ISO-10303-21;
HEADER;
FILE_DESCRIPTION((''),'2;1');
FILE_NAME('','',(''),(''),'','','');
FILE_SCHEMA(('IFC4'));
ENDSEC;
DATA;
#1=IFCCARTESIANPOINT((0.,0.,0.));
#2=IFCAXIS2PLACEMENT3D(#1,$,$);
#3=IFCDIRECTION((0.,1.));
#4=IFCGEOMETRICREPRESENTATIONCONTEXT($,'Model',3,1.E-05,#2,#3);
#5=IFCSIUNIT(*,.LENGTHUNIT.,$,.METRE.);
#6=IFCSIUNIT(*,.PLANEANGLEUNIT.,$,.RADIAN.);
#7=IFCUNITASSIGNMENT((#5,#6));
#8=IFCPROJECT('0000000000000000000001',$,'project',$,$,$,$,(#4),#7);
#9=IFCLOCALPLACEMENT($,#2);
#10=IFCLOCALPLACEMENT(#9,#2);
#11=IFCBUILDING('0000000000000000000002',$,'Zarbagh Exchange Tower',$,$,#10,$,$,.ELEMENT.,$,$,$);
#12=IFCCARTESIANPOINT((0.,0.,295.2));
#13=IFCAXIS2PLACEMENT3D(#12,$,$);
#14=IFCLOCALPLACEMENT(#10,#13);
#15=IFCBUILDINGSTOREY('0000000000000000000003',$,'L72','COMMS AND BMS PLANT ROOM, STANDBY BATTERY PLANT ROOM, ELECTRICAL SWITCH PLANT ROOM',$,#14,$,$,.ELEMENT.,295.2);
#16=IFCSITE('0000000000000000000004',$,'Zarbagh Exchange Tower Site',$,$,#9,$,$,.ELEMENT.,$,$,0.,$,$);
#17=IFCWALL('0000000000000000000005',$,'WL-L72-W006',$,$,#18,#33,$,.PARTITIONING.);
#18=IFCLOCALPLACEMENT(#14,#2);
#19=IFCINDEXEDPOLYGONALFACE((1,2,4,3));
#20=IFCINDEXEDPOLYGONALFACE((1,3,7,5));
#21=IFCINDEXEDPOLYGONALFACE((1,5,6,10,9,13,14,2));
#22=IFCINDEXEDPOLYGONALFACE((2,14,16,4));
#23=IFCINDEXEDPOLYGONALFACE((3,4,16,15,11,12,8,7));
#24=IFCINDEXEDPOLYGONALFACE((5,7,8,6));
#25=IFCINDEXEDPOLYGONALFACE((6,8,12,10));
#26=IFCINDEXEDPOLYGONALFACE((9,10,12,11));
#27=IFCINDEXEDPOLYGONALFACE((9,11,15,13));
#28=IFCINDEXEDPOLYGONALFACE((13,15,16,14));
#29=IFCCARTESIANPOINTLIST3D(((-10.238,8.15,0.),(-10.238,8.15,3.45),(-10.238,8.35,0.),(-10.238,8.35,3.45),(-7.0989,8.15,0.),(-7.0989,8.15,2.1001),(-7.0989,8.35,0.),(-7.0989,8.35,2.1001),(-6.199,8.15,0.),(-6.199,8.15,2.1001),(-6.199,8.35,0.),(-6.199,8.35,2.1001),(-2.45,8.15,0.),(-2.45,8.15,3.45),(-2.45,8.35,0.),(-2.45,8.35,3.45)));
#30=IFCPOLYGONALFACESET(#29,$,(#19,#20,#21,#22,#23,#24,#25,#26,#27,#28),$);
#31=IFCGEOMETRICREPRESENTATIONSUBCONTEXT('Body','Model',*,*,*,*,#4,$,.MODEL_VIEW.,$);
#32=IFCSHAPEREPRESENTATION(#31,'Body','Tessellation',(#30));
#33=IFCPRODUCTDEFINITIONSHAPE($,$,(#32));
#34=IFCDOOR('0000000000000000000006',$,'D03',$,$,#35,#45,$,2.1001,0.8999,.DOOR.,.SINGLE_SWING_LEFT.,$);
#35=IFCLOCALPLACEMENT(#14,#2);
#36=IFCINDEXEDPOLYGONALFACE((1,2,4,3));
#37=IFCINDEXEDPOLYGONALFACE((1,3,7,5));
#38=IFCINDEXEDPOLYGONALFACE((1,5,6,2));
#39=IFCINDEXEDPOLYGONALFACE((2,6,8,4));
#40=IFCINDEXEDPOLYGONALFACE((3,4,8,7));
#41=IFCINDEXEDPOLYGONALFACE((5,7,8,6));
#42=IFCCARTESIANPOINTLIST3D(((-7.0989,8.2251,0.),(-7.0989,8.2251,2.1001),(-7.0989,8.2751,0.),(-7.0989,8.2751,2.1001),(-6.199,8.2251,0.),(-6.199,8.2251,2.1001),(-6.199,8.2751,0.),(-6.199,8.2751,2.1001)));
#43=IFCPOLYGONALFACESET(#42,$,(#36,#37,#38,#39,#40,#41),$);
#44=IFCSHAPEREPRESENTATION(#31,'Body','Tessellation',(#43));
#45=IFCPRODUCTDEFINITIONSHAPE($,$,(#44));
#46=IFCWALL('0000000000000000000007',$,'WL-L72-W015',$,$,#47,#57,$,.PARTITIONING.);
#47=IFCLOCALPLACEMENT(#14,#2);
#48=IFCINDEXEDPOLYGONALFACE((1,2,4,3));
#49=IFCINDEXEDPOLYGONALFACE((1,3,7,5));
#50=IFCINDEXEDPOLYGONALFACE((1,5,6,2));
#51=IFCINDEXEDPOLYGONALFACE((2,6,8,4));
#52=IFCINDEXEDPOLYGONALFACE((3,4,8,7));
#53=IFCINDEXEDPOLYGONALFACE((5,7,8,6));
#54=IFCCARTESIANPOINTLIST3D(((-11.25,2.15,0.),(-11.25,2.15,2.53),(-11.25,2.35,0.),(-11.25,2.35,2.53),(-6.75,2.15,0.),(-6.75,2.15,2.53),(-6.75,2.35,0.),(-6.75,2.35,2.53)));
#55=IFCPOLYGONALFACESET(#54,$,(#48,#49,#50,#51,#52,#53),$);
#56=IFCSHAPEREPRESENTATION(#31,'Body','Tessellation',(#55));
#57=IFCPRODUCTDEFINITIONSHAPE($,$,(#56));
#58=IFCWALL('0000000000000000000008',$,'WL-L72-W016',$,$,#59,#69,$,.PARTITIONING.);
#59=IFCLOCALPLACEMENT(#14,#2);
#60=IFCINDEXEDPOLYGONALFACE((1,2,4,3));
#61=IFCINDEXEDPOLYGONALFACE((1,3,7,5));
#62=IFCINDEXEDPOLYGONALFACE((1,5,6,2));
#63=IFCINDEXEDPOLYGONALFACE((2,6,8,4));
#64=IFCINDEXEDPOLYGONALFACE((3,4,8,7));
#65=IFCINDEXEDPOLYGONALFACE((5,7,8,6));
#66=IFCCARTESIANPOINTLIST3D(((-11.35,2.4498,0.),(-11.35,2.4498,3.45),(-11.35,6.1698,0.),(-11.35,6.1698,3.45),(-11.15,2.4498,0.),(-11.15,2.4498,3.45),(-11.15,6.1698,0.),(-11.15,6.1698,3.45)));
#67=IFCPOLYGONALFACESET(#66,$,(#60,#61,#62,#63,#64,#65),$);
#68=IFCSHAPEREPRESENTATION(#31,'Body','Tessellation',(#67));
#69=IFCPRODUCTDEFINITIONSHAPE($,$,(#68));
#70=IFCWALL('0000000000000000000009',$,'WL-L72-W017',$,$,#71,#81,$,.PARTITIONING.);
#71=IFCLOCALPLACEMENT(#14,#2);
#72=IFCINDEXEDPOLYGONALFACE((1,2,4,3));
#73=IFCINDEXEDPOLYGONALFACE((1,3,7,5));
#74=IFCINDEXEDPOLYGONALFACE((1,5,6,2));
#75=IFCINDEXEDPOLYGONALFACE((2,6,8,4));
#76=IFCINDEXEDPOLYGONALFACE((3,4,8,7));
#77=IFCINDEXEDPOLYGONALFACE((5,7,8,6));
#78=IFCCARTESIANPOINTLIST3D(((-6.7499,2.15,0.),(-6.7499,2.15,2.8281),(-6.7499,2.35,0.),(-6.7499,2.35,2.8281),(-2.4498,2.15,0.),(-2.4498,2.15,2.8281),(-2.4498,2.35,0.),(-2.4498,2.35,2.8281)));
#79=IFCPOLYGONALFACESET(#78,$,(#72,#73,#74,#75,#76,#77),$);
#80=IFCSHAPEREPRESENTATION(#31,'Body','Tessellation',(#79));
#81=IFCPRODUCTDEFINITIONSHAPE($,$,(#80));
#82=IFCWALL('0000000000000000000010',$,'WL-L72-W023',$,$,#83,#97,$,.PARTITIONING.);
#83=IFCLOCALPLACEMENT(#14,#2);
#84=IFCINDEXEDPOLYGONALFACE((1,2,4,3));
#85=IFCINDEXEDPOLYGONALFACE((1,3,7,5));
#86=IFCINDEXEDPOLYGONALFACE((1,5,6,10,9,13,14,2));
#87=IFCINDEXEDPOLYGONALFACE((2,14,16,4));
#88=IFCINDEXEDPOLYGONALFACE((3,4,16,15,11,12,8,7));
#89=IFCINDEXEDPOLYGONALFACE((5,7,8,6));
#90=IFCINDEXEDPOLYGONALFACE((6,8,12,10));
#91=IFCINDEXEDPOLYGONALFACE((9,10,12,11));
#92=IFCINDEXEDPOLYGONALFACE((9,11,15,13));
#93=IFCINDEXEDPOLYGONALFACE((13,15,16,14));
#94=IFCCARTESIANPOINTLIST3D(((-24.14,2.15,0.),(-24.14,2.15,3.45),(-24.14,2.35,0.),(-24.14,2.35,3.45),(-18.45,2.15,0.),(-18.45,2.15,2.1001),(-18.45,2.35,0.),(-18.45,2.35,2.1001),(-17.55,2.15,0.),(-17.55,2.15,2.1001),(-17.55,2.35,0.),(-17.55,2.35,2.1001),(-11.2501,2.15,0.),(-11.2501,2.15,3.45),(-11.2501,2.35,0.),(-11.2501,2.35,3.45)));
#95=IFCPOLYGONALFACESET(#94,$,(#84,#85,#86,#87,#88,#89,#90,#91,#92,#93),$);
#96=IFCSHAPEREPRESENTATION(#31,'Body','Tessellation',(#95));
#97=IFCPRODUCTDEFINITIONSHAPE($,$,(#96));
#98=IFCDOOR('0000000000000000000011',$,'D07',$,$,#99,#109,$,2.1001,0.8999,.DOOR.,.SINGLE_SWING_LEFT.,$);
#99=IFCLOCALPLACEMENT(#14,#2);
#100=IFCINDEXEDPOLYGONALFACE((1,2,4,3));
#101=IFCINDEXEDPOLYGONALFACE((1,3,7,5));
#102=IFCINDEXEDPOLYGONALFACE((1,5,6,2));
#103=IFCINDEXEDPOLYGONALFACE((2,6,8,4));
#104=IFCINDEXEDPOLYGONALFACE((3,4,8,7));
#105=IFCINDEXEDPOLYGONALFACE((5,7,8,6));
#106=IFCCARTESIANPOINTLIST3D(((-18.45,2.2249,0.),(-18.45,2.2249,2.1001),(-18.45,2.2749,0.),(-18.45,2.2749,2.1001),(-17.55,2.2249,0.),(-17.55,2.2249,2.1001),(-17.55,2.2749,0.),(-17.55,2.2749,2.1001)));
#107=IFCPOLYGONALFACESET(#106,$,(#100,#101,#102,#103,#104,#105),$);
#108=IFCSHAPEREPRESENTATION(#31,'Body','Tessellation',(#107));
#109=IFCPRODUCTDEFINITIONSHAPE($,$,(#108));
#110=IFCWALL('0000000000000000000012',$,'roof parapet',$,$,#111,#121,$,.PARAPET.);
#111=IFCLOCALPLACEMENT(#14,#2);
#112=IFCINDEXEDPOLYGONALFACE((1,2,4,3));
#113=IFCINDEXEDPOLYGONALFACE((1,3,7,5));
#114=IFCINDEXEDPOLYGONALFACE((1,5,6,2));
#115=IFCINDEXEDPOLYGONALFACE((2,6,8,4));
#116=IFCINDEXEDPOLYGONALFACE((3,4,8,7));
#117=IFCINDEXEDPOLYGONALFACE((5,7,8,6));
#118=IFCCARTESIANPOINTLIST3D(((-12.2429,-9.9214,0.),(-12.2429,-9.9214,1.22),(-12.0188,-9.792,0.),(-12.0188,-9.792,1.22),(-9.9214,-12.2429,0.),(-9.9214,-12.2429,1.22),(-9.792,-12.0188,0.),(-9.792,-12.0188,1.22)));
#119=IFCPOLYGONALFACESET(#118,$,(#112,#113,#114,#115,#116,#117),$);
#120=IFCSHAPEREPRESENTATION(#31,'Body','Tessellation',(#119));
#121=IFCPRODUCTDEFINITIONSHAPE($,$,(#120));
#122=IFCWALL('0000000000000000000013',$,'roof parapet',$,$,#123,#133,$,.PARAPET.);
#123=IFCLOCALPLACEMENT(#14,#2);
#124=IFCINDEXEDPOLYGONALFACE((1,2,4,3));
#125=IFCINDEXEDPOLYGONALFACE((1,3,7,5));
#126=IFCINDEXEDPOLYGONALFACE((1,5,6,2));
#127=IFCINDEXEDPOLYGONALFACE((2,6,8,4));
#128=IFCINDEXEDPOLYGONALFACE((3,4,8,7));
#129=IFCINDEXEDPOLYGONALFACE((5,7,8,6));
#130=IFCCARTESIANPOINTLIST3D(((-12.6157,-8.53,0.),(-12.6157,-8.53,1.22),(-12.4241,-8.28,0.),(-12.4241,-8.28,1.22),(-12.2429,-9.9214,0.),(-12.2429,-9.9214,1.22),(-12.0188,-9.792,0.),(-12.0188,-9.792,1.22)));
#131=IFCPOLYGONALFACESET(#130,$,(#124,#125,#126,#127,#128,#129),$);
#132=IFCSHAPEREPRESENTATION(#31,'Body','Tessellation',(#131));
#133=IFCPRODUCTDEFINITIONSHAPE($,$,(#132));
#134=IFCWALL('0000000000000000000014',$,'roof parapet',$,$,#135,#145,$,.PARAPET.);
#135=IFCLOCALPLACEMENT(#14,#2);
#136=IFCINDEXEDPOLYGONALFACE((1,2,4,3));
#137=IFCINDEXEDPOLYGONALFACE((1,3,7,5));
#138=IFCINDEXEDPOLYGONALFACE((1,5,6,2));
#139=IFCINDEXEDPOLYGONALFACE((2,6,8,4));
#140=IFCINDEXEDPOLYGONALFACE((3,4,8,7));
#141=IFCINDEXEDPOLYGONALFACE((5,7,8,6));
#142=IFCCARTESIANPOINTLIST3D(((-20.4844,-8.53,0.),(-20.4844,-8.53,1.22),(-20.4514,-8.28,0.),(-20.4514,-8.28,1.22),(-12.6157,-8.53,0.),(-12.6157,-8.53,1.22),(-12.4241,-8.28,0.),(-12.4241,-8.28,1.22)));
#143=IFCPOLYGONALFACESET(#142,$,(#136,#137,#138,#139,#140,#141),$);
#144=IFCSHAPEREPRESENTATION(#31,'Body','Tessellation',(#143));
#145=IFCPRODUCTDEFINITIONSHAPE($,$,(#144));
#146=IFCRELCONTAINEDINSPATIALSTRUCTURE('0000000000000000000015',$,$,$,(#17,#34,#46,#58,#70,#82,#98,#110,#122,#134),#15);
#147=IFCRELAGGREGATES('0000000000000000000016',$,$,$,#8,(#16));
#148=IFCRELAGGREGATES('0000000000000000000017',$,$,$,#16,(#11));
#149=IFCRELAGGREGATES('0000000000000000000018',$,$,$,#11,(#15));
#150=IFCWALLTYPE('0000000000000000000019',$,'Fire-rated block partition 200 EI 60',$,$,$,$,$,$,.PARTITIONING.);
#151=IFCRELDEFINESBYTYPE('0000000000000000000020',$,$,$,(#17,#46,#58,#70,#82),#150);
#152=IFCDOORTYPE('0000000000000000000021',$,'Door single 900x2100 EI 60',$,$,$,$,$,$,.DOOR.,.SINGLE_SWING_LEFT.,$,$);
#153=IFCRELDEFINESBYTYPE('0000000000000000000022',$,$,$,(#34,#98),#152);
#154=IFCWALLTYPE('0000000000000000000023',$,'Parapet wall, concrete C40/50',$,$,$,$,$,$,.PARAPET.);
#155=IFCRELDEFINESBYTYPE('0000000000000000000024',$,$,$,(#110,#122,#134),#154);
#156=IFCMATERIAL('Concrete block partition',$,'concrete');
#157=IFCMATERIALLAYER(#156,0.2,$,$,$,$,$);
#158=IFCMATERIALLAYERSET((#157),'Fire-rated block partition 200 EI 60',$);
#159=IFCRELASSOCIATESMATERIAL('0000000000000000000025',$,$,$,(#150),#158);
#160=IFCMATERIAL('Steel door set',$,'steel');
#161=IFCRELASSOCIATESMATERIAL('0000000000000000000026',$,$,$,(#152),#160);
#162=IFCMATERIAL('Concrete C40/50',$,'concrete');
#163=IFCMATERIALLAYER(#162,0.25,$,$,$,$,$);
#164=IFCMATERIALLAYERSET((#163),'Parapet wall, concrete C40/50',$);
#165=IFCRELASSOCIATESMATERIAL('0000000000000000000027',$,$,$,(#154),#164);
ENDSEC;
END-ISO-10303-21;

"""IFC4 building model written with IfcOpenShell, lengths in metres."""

from ifc_helpers import new_model, si_unit, direction, frame, frame_2d, origin, place, context, subcontext, project, spatial, polyline, rectangle, outline, extrude, material, layer, layer_set, type_object, element, fill, save


model = new_model("IFC4")

# Units and contexts
model_context = context("Model", 3, precision=1e-05, world=origin(), true_north=direction((0.0, 1.0)))
body_context = subcontext(model_context, "Body", "Model", "MODEL_VIEW")
ifc_project = project(units=[si_unit("LENGTHUNIT", "METRE"), si_unit("PLANEANGLEUNIT", "RADIAN")], contexts=[model_context])

# Site, building, storey
site_placement = place(None, origin())
site = spatial("IfcSite", under=ifc_project, at=site_placement, Name="Zarbagh Exchange Tower Site", CompositionType="ELEMENT", RefElevation=0.0)
building_placement = place(site_placement, origin())
building = spatial("IfcBuilding", under=site, at=building_placement, Name="Zarbagh Exchange Tower", CompositionType="ELEMENT")
storey_placement = place(building_placement, frame((0.0, 0.0, 295.2)))
storey = spatial("IfcBuildingStorey", under=building, at=storey_placement, Name="L72", Description="COMMS AND BMS PLANT ROOM, STANDBY BATTERY PLANT ROOM, ELECTRICAL SWITCH PLANT ROOM", CompositionType="ELEMENT", Elevation=295.2)

# Shared definitions
ifc_material_1 = material(Name="Concrete C40/50", Category="concrete")

# Shared definitions
ifc_material_2 = material(Name="Concrete block partition", Category="concrete")
ifc_layer_1 = layer(ifc_material_2, 0.2)
ifc_layer_set_1 = layer_set([ifc_layer_1], Name="Fire-rated block partition 200 EI 60")
wall_type_1 = type_object("IfcWallType", Name="Fire-rated block partition 200 EI 60", PredefinedType="PARTITIONING", material=ifc_layer_set_1)

# Wall, opening, door
wall_1_placement = place(storey_placement, frame((-2.45, 8.25, 0.0), z_axis=(0.0, 0.0, 1.0), x_axis=(-1.0, 0.0, 0.0)))
wall_1 = element("IfcWall", 1, at=wall_1_placement, inside=storey, type_object=wall_type_1, Name="WL-L72-W006", PredefinedType="PARTITIONING", context=body_context, shape_type="SweptSolid", body=[
    extrude(rectangle(XDim=7.7881, YDim=0.2, at=frame_2d((3.894, 0.0))), origin(), (0.0, 0.0, 1.0), 3.45),
])
opening_1_placement = place(wall_1_placement, frame((3.749, 0.0, 0.0)))
opening_1 = element("IfcOpeningElement", 2, at=opening_1_placement, cuts=wall_1, PredefinedType="OPENING", context=body_context, shape_type="SweptSolid", body=[
    extrude(rectangle(XDim=0.8999, YDim=2.1001, at=frame_2d((0.45, 1.05))), frame((0.0, 0.1099, 0.0), z_axis=(0.0, -1.0, 0.0), x_axis=(1.0, 0.0, 0.0)), (0.0, 0.0, 1.0), 0.22),
])
ifc_material_3 = material(Name="Steel door set", Category="steel")
door_type = type_object("IfcDoorType", Name="Door single 900x2100 EI 60", OperationType="SINGLE_SWING_LEFT", PredefinedType="DOOR", material=ifc_material_3)
door_1_placement = place(opening_1_placement, origin())
door_1 = element("IfcDoor", 3, at=door_1_placement, inside=storey, type_object=door_type, Name="D03", OperationType="SINGLE_SWING_LEFT", OverallHeight=2.1001, OverallWidth=0.8999, PredefinedType="DOOR", context=body_context, shape_type="SweptSolid", body=[
    extrude(rectangle(XDim=0.8999, YDim=2.1001, at=frame_2d((0.45, 1.05))), frame((0.0, 0.0249, 0.0), z_axis=(0.0, -1.0, 0.0), x_axis=(1.0, 0.0, 0.0)), (0.0, 0.0, 1.0), 0.05),
])
fill(opening_1, door_1)

# Walls
wall_2_placement = place(storey_placement, frame((-6.75, 2.25, 0.0), z_axis=(0.0, 0.0, 1.0), x_axis=(-1.0, 0.0, 0.0)))
element("IfcWall", 4, at=wall_2_placement, inside=storey, type_object=wall_type_1, Name="WL-L72-W015", PredefinedType="PARTITIONING", context=body_context, shape_type="SweptSolid", body=[
    extrude(rectangle(XDim=4.5, YDim=0.2, at=frame_2d((2.25, 0.0))), origin(), (0.0, 0.0, 1.0), 2.53),
])
wall_3_placement = place(storey_placement, frame((-11.25, 2.45, 0.0), z_axis=(0.0, 0.0, 1.0), x_axis=(0.0, 1.0, 0.0)))
element("IfcWall", 5, at=wall_3_placement, inside=storey, type_object=wall_type_1, Name="WL-L72-W016", PredefinedType="PARTITIONING", context=body_context, shape_type="SweptSolid", body=[
    extrude(rectangle(XDim=3.72, YDim=0.2, at=frame_2d((1.8599, 0.0))), origin(), (0.0, 0.0, 1.0), 3.45),
])
wall_4_placement = place(storey_placement, frame((-2.45, 2.25, 0.0), z_axis=(0.0, 0.0, 1.0), x_axis=(-1.0, 0.0, 0.0)))
element("IfcWall", 6, at=wall_4_placement, inside=storey, type_object=wall_type_1, Name="WL-L72-W017", PredefinedType="PARTITIONING", context=body_context, shape_type="SweptSolid", body=[
    extrude(rectangle(XDim=4.3, YDim=0.2, at=frame_2d((2.1499, 0.0))), origin(), (0.0, 0.0, 1.0), 2.8281),
])

# Wall, opening, door
wall_5_placement = place(storey_placement, frame((-24.1399, 2.25, 0.0), z_axis=(0.0, 0.0, 1.0), x_axis=(1.0, 0.0, 0.0)))
wall_5 = element("IfcWall", 7, at=wall_5_placement, inside=storey, type_object=wall_type_1, Name="WL-L72-W023", PredefinedType="PARTITIONING", context=body_context, shape_type="SweptSolid", body=[
    extrude(rectangle(XDim=12.8899, YDim=0.2, at=frame_2d((6.4448, 0.0))), origin(), (0.0, 0.0, 1.0), 3.45),
])
opening_2_placement = place(wall_5_placement, frame((5.6899, 0.0, 0.0)))
opening_2 = element("IfcOpeningElement", 8, at=opening_2_placement, cuts=wall_5, PredefinedType="OPENING", context=body_context, shape_type="SweptSolid", body=[
    extrude(rectangle(XDim=0.8999, YDim=2.1001, at=frame_2d((0.45, 1.05))), frame((0.0, 0.1099, 0.0), z_axis=(0.0, -1.0, 0.0), x_axis=(1.0, 0.0, 0.0)), (0.0, 0.0, 1.0), 0.22),
])
door_2_placement = place(opening_2_placement, origin())
door_2 = element("IfcDoor", 9, at=door_2_placement, inside=storey, type_object=door_type, Name="D07", OperationType="SINGLE_SWING_LEFT", OverallHeight=2.1001, OverallWidth=0.8999, PredefinedType="DOOR", context=body_context, shape_type="SweptSolid", body=[
    extrude(rectangle(XDim=0.8999, YDim=2.1001, at=frame_2d((0.45, 1.05))), frame((0.0, 0.0249, 0.0), z_axis=(0.0, -1.0, 0.0), x_axis=(1.0, 0.0, 0.0)), (0.0, 0.0, 1.0), 0.05),
])
fill(opening_2, door_2)

# Walls
ifc_layer_2 = layer(ifc_material_1, 0.25)
ifc_layer_set_2 = layer_set([ifc_layer_2], Name="Parapet wall, concrete C40/50")
wall_type_2 = type_object("IfcWallType", Name="Parapet wall, concrete C40/50", PredefinedType="PARAPET", material=ifc_layer_set_2)
wall_6_placement = place(storey_placement, origin())
element("IfcWall", 10, at=wall_6_placement, inside=storey, type_object=wall_type_2, Name="roof parapet", PredefinedType="PARAPET", context=body_context, shape_type="SweptSolid", body=[
    extrude(outline(polyline([(-9.9214, -12.2429), (-12.2429, -9.9214), (-12.0188, -9.792), (-9.792, -12.0188), (-9.9214, -12.2429)])), origin(), (0.0, 0.0, 1.0), 1.22),
])
wall_7_placement = place(storey_placement, origin())
element("IfcWall", 11, at=wall_7_placement, inside=storey, type_object=wall_type_2, Name="roof parapet", PredefinedType="PARAPET", context=body_context, shape_type="SweptSolid", body=[
    extrude(outline(polyline([(-12.2429, -9.9214), (-12.6157, -8.53), (-12.4241, -8.28), (-12.0188, -9.792), (-12.2429, -9.9214)])), origin(), (0.0, 0.0, 1.0), 1.22),
])
wall_8_placement = place(storey_placement, origin())
element("IfcWall", 12, at=wall_8_placement, inside=storey, type_object=wall_type_2, Name="roof parapet", PredefinedType="PARAPET", context=body_context, shape_type="SweptSolid", body=[
    extrude(outline(polyline([(-12.6157, -8.53), (-20.4844, -8.53), (-20.4514, -8.28), (-12.4241, -8.28), (-12.6157, -8.53)])), origin(), (0.0, 0.0, 1.0), 1.22),
])

save(model, "model.ifc")
